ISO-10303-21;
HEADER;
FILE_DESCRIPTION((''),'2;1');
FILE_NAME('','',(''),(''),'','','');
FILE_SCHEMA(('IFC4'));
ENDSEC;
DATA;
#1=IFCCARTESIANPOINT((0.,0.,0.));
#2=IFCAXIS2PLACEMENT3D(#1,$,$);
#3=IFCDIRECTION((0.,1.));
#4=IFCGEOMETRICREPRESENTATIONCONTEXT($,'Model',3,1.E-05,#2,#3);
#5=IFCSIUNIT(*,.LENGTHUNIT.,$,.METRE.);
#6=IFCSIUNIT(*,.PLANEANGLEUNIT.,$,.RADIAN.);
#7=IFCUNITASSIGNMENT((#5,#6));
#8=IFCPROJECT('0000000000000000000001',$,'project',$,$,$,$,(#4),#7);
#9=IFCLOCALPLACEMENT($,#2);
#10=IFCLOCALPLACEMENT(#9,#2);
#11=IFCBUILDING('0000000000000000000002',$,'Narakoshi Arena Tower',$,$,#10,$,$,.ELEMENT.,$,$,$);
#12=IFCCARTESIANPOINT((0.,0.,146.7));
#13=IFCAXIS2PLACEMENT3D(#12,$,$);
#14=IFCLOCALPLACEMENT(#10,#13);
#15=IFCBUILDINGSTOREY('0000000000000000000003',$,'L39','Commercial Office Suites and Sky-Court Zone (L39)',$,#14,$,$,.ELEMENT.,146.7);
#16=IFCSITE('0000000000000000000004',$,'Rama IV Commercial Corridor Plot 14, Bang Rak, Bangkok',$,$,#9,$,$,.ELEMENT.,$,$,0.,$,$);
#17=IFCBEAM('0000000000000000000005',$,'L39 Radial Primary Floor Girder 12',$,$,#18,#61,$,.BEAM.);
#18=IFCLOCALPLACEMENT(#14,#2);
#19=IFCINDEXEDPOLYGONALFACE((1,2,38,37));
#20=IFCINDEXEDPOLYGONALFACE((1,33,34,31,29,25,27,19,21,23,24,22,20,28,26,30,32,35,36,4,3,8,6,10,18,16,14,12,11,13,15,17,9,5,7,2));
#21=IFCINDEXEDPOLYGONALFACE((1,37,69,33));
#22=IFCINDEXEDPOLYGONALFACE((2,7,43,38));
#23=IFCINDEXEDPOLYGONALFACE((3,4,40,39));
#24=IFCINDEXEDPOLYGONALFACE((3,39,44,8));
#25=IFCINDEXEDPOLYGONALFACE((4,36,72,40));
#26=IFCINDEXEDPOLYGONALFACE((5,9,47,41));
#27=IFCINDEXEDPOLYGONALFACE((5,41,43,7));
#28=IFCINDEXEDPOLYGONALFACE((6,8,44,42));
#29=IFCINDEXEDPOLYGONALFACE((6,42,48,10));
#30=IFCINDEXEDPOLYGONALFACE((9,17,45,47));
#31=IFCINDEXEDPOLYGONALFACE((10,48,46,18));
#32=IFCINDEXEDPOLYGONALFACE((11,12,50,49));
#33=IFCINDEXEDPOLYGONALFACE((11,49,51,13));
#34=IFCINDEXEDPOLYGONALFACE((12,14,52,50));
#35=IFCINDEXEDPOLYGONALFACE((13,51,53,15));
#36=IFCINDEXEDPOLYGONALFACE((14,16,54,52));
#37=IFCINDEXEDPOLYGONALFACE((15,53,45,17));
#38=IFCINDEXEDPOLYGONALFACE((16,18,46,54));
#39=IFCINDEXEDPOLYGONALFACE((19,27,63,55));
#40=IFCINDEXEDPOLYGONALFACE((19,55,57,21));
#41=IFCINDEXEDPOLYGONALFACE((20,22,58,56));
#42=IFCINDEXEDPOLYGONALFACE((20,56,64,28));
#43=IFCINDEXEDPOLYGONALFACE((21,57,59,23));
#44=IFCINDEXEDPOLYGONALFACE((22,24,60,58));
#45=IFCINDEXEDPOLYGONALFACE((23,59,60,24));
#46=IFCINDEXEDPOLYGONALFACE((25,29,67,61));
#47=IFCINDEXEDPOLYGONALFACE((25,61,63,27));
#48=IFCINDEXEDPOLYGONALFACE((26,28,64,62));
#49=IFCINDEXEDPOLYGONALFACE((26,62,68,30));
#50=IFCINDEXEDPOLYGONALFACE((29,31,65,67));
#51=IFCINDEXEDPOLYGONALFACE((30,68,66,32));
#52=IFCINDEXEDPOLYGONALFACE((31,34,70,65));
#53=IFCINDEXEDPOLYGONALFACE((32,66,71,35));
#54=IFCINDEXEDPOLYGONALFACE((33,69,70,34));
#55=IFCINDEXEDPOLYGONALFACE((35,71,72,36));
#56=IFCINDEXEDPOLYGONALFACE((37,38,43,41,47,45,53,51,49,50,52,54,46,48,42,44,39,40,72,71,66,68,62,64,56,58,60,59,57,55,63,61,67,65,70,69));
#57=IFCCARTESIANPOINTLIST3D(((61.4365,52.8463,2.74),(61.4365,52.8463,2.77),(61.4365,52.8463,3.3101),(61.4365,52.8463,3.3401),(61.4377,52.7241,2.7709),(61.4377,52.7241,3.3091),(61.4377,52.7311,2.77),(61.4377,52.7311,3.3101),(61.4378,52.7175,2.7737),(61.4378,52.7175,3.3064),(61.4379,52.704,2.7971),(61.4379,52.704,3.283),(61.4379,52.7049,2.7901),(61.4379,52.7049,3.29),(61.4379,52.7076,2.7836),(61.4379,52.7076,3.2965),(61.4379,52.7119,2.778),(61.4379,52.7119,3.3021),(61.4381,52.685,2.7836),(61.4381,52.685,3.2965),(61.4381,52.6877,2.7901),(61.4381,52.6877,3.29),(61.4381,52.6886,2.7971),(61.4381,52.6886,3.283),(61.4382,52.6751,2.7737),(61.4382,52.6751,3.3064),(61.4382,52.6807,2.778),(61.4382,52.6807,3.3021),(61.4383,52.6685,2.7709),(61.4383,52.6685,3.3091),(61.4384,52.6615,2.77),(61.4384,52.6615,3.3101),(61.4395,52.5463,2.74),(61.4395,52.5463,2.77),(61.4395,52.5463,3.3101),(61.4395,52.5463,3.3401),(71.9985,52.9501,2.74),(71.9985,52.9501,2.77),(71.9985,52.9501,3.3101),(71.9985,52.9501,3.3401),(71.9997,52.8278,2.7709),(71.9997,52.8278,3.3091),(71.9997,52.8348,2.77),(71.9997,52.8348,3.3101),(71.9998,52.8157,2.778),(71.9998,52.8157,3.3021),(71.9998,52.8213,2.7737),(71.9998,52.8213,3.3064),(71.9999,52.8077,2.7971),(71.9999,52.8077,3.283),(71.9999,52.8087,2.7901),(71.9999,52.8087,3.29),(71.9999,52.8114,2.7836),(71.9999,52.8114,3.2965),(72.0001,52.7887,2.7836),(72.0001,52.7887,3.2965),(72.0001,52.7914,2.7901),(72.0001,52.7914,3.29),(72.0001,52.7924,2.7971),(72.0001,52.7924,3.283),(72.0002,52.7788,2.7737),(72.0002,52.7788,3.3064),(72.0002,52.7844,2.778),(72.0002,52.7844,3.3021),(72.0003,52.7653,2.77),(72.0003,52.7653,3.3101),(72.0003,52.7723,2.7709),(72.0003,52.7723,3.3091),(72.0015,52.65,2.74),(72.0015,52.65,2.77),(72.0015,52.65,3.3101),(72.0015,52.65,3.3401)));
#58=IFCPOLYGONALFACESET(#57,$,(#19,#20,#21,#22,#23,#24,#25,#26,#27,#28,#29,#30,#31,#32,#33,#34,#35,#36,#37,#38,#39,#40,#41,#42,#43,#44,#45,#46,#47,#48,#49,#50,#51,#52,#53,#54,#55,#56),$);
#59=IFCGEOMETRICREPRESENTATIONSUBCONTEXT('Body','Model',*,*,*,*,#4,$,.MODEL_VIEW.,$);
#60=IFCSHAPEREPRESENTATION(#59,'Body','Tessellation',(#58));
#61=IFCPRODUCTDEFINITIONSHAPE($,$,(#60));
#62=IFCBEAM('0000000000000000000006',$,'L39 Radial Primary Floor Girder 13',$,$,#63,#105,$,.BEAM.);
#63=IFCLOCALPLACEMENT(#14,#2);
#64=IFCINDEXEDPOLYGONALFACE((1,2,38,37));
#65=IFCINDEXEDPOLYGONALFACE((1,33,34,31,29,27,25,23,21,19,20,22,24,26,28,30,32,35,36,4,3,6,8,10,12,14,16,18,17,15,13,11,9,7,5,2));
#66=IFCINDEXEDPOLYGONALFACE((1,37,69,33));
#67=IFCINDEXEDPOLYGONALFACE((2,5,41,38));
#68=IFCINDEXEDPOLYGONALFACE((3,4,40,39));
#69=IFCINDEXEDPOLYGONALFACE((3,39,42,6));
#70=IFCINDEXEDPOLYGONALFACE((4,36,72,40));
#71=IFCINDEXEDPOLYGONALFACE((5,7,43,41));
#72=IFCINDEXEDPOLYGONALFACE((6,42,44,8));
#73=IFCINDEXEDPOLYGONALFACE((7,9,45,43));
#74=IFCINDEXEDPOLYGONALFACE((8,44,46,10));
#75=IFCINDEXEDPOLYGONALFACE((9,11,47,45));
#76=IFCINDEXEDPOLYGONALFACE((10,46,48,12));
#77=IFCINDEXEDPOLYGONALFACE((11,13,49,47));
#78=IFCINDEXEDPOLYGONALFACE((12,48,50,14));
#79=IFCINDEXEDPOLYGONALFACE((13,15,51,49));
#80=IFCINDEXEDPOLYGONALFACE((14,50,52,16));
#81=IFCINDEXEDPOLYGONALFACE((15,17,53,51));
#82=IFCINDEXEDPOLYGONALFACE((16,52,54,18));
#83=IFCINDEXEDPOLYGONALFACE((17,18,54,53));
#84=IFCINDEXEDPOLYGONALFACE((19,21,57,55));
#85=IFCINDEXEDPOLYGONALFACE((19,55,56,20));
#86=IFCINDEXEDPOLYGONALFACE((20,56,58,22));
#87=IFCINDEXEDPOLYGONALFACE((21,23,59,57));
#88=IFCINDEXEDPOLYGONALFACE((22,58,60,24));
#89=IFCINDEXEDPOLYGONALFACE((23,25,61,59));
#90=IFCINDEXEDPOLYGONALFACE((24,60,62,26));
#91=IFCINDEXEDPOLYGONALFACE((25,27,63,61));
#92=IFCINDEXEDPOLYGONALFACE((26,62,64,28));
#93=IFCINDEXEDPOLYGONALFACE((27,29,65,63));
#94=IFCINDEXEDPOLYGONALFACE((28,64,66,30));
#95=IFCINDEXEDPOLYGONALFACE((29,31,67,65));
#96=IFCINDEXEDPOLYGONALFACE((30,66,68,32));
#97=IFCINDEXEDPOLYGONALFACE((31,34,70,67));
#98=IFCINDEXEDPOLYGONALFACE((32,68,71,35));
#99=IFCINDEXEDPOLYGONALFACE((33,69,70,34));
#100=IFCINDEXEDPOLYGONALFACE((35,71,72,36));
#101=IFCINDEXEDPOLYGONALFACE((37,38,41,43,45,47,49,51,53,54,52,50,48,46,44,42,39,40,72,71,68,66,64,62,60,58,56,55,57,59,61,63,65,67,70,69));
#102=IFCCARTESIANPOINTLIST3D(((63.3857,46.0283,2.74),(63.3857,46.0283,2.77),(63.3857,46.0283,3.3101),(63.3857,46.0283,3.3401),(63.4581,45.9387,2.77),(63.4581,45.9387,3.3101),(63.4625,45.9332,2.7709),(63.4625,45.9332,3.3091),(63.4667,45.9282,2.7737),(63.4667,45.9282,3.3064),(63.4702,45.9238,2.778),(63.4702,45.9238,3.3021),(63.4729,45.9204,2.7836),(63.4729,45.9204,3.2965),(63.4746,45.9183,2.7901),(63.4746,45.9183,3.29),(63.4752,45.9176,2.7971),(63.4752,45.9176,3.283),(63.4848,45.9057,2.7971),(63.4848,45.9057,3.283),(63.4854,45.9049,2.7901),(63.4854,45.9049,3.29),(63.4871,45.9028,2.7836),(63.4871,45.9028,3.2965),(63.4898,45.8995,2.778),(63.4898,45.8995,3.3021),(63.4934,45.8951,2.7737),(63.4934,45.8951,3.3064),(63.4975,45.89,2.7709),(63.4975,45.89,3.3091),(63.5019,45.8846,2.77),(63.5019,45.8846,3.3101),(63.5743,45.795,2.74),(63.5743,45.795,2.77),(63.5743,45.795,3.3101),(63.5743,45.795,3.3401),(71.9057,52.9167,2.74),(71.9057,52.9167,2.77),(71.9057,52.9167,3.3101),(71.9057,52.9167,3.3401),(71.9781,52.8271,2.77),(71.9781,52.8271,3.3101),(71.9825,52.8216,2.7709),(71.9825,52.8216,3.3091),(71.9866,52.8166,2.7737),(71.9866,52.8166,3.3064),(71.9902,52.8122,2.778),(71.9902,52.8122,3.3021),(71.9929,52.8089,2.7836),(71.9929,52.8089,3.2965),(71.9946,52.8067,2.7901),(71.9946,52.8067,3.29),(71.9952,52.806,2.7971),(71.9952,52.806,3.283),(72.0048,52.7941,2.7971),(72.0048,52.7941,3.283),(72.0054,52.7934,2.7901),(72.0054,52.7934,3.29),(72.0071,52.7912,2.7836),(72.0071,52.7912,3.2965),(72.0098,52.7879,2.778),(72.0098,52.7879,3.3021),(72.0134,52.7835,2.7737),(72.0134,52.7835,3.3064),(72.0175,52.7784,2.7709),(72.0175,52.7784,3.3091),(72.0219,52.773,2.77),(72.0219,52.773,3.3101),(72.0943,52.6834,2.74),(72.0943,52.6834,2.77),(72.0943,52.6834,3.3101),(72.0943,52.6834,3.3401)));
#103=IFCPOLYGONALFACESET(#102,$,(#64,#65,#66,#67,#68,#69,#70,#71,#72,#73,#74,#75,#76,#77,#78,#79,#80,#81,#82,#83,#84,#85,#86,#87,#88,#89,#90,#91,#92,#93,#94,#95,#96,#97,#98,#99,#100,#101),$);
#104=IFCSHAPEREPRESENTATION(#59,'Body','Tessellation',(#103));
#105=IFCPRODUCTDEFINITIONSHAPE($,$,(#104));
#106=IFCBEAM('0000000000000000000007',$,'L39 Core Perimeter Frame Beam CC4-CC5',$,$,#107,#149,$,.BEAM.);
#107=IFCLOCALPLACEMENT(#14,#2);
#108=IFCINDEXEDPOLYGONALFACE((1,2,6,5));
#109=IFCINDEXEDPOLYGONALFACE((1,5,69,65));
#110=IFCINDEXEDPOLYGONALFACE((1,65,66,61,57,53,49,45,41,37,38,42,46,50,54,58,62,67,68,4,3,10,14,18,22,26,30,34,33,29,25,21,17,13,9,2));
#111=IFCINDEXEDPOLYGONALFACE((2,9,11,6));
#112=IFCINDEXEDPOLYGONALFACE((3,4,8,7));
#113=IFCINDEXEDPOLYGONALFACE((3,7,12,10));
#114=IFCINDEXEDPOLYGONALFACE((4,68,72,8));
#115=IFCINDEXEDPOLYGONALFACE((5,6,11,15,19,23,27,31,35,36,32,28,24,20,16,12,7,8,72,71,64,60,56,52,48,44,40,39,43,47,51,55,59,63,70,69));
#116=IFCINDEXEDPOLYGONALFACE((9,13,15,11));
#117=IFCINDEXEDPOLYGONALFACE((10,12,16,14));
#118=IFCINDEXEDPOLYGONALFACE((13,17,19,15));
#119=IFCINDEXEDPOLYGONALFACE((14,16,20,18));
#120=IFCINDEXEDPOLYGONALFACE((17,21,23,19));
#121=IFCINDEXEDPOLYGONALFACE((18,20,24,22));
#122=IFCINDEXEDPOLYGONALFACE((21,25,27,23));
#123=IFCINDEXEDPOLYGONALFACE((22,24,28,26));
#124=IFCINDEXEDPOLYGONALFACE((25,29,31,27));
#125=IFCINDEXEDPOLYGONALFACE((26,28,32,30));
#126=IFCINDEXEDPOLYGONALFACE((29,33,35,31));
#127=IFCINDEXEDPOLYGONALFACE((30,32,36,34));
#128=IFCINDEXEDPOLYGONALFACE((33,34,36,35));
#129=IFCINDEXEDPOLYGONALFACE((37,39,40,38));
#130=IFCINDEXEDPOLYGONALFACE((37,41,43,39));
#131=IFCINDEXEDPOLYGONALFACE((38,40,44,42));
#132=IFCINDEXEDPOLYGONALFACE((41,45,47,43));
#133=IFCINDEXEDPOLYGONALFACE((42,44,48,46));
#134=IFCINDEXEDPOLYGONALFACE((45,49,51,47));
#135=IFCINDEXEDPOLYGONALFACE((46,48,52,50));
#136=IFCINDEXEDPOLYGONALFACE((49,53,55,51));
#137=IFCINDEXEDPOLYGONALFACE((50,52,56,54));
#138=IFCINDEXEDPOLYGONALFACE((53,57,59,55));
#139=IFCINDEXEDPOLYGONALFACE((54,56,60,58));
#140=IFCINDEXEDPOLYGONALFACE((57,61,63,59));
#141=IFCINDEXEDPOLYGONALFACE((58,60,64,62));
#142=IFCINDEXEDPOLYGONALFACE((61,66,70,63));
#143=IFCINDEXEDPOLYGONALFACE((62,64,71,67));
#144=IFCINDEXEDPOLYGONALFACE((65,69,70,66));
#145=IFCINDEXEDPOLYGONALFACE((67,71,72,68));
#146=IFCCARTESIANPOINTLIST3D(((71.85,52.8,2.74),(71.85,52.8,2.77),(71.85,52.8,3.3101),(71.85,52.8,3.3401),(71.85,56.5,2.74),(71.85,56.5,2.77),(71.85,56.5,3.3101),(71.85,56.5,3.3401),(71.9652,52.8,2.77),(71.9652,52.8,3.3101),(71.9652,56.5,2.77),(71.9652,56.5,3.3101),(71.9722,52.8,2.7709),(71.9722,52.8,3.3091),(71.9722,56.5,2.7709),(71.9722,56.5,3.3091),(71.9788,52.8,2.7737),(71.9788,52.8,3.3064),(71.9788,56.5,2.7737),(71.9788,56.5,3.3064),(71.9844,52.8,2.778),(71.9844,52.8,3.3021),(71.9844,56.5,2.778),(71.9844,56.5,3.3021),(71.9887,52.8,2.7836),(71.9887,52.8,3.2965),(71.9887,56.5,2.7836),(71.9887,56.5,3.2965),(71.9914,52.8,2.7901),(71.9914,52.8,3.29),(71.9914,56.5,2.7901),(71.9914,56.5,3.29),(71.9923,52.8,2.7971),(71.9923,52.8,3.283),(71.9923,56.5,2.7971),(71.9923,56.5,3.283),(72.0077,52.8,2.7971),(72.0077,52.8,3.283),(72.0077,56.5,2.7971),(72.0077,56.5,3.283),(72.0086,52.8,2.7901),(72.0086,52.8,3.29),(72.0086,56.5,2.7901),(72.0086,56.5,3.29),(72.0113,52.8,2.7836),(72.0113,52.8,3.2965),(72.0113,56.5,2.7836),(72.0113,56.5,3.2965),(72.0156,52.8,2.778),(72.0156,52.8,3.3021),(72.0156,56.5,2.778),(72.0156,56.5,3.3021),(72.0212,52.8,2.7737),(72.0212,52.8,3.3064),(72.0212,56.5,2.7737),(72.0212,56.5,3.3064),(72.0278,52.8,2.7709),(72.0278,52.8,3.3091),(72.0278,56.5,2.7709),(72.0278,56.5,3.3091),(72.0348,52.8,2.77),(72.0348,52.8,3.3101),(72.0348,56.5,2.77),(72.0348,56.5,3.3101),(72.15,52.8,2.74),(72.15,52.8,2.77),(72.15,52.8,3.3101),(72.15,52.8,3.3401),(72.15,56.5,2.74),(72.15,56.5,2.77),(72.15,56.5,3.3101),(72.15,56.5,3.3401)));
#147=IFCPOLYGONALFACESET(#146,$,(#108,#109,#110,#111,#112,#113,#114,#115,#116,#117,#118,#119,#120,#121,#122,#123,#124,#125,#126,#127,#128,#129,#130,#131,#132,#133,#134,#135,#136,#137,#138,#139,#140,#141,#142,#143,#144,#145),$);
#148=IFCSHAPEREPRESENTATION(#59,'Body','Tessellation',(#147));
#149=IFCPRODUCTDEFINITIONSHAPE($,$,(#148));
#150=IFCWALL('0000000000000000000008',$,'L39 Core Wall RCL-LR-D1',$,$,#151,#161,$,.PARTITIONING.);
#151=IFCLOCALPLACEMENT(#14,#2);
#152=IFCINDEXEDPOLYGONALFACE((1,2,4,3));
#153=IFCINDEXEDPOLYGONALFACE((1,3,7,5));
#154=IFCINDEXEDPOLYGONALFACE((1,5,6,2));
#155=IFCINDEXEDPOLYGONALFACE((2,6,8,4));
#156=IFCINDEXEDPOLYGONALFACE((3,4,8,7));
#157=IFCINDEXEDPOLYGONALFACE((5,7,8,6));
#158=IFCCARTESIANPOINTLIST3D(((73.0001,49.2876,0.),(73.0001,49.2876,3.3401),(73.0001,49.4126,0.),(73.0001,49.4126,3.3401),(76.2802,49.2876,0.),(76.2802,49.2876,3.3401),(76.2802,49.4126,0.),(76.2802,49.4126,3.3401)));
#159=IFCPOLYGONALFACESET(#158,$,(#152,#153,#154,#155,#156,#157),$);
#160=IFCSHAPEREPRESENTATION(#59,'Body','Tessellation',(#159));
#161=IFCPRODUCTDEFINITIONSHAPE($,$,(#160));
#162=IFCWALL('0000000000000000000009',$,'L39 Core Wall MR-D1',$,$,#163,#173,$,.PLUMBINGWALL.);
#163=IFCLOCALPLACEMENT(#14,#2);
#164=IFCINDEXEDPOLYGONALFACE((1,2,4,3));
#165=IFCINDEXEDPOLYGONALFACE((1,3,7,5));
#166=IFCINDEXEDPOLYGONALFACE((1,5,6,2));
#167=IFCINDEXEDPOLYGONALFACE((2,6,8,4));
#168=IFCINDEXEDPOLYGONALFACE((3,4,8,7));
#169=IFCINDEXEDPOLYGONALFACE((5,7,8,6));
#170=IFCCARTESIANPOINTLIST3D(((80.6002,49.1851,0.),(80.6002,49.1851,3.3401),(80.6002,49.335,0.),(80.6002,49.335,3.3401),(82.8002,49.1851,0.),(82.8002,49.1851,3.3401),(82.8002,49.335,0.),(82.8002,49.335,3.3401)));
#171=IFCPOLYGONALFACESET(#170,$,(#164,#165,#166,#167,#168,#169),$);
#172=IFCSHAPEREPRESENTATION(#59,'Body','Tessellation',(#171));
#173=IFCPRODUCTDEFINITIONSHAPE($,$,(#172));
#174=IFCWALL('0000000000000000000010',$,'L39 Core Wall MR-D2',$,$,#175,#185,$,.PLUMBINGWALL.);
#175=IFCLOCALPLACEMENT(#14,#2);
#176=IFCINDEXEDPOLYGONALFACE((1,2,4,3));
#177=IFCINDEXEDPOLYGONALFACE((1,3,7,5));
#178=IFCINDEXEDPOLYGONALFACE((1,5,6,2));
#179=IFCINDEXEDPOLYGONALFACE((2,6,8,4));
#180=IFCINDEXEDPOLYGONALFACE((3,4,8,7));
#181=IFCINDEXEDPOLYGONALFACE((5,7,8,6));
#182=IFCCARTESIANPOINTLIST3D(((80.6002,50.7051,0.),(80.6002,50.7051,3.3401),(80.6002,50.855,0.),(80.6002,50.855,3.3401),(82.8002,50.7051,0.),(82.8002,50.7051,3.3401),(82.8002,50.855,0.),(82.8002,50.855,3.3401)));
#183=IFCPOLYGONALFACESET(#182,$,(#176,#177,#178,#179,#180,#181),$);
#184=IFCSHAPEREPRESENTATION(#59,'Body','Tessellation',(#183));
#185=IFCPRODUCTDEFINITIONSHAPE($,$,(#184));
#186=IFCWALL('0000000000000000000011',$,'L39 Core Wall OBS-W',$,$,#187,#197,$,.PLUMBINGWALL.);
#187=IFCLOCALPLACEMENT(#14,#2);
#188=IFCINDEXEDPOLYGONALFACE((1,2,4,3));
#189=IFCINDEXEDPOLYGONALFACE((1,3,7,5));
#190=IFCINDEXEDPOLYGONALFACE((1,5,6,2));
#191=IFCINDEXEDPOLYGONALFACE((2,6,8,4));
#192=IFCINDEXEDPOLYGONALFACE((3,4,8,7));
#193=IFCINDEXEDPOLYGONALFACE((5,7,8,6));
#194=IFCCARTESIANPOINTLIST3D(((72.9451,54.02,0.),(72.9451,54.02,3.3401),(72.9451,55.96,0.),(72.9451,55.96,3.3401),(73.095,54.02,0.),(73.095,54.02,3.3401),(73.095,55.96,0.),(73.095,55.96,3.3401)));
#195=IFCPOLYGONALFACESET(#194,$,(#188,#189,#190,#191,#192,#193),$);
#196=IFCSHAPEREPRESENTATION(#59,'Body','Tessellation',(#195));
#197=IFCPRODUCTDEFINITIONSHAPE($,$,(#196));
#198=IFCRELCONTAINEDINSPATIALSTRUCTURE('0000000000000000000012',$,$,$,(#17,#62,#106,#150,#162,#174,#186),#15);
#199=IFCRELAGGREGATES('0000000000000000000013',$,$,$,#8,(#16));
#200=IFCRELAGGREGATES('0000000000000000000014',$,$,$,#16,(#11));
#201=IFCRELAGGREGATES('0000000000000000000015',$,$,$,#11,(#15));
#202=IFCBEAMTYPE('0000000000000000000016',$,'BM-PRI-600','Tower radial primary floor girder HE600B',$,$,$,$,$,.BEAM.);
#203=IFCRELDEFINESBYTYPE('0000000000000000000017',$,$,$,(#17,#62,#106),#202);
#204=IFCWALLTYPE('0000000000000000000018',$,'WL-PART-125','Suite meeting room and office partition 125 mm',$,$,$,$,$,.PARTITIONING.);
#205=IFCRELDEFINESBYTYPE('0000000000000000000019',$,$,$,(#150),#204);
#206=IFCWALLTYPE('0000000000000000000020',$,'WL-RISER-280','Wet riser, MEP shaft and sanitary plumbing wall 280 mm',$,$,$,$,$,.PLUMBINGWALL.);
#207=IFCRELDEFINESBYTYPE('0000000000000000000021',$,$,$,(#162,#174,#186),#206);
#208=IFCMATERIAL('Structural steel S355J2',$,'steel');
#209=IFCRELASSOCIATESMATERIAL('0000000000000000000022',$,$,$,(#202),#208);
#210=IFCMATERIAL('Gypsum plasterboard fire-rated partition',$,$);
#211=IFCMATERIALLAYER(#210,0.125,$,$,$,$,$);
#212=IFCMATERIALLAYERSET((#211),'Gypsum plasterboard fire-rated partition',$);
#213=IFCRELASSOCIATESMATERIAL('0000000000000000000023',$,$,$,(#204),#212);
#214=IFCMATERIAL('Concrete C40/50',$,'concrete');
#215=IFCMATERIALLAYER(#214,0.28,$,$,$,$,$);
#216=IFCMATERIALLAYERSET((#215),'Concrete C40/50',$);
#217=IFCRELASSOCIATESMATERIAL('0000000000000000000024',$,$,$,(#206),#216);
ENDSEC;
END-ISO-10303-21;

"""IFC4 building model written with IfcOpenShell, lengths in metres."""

from ifc_helpers import new_model, si_unit, direction, frame, frame_2d, origin, origin_2d, place, context, subcontext, project, spatial, rectangle, i_section, extrude, material, layer, layer_set, material_profile, profile_set, type_object, element, save


model = new_model("IFC4")

# Units and contexts
model_context = context("Model", 3, precision=1e-05, world=origin(), true_north=direction((0.0, 1.0)))
body_context = subcontext(model_context, "Body", "Model", "MODEL_VIEW")
ifc_project = project(units=[si_unit("LENGTHUNIT", "METRE"), si_unit("PLANEANGLEUNIT", "RADIAN")], contexts=[model_context])

# Site, building, storey
site_placement = place(None, origin())
site = spatial("IfcSite", under=ifc_project, at=site_placement, Name="Rama IV Commercial Corridor Plot 14, Bang Rak, Bangkok", CompositionType="ELEMENT", RefElevation=0.0)
building_placement = place(site_placement, origin())
building = spatial("IfcBuilding", under=site, at=building_placement, Name="Narakoshi Arena Tower", CompositionType="ELEMENT")
storey_placement = place(building_placement, frame((0.0, 0.0, 146.7)))
storey = spatial("IfcBuildingStorey", under=building, at=storey_placement, Name="L39", Description="Commercial Office Suites and Sky-Court Zone (L39)", CompositionType="ELEMENT", Elevation=146.7)

# Beams
ifc_material_1 = material(Name="Structural steel S355J2", Category="steel")
ifc_material_profile = material_profile(ifc_material_1, i_section(OverallWidth=0.3, OverallDepth=0.6001, WebThickness=0.0154, FlangeThickness=0.03, FilletRadius=0.0271, at=origin_2d()), Name="HE600B")
ifc_profile_set = profile_set([ifc_material_profile], Name="Structural steel S355J2")
beam_type = type_object("IfcBeamType", Name="BM-PRI-600", Description="Tower radial primary floor girder HE600B", PredefinedType="BEAM", material=ifc_profile_set)
beam_1_placement = place(storey_placement, frame((72.0, 52.8, 3.04), z_axis=(-0.999952, -0.009823, 0.0), x_axis=(0.009823, -0.999952, 0.0)))
element("IfcBeam", 1, at=beam_1_placement, inside=storey, type_object=beam_type, Name="L39 Radial Primary Floor Girder 12", PredefinedType="BEAM", context=body_context, shape_type="SweptSolid", body=[
    extrude(i_section(OverallWidth=0.3, OverallDepth=0.6001, WebThickness=0.0154, FlangeThickness=0.03, FilletRadius=0.0271, at=origin_2d()), origin(), (0.0, 0.0, 1.0), 10.5625),
])
beam_2_placement = place(storey_placement, frame((72.0, 52.8, 3.04), z_axis=(-0.777634, -0.628717, 0.0), x_axis=(0.628717, -0.777634, 0.0)))
element("IfcBeam", 2, at=beam_2_placement, inside=storey, type_object=beam_type, Name="L39 Radial Primary Floor Girder 13", PredefinedType="BEAM", context=body_context, shape_type="SweptSolid", body=[
    extrude(i_section(OverallWidth=0.3, OverallDepth=0.6001, WebThickness=0.0154, FlangeThickness=0.03, FilletRadius=0.0271, at=origin_2d()), origin(), (0.0, 0.0, 1.0), 10.9563),
])
beam_3_placement = place(storey_placement, frame((72.0, 52.8, 3.04), z_axis=(0.0, 1.0, 0.0), x_axis=(-1.0, 0.0, 0.0)))
element("IfcBeam", 3, at=beam_3_placement, inside=storey, type_object=beam_type, Name="L39 Core Perimeter Frame Beam CC4-CC5", PredefinedType="BEAM", context=body_context, shape_type="SweptSolid", body=[
    extrude(i_section(OverallWidth=0.3, OverallDepth=0.6001, WebThickness=0.0154, FlangeThickness=0.03, FilletRadius=0.0271, at=origin_2d()), origin(), (0.0, 0.0, 1.0), 3.7),
])

# Walls
ifc_material_2 = material(Name="Gypsum plasterboard fire-rated partition")
ifc_layer_1 = layer(ifc_material_2, 0.125)
ifc_layer_set_1 = layer_set([ifc_layer_1], Name="Gypsum plasterboard fire-rated partition")
wall_type_1 = type_object("IfcWallType", Name="WL-PART-125", Description="Suite meeting room and office partition 125 mm", PredefinedType="PARTITIONING", material=ifc_layer_set_1)
wall_1_placement = place(storey_placement, frame((73.0, 49.3501, 0.0), z_axis=(0.0, 0.0, 1.0), x_axis=(1.0, 0.0, 0.0)))
element("IfcWall", 4, at=wall_1_placement, inside=storey, type_object=wall_type_1, Name="L39 Core Wall RCL-LR-D1", PredefinedType="PARTITIONING", context=body_context, shape_type="SweptSolid", body=[
    extrude(rectangle(XDim=3.28, YDim=0.125, at=frame_2d((1.6401, 0.0))), origin(), (0.0, 0.0, 1.0), 3.3401),
])
ifc_material_3 = material(Name="Concrete C40/50", Category="concrete")
ifc_layer_2 = layer(ifc_material_3, 0.28)
ifc_layer_set_2 = layer_set([ifc_layer_2], Name="Concrete C40/50")
wall_type_2 = type_object("IfcWallType", Name="WL-RISER-280", Description="Wet riser, MEP shaft and sanitary plumbing wall 280 mm", PredefinedType="PLUMBINGWALL", material=ifc_layer_set_2)
for number, where, z_axis, x_axis, name in (
    (5, (80.6001, 49.26, 0.0), (0.0, 0.0, 1.0), (1.0, 0.0, 0.0), "L39 Core Wall MR-D1"),
    (6, (80.6001, 50.78, 0.0), (0.0, 0.0, 1.0), (1.0, 0.0, 0.0), "L39 Core Wall MR-D2"),
):
    element("IfcWall", number, at=place(storey_placement, frame(where, z_axis=z_axis, x_axis=x_axis)), inside=storey, type_object=wall_type_2, Name=name, PredefinedType="PLUMBINGWALL", context=body_context, shape_type="SweptSolid", body=[
        extrude(rectangle(XDim=2.2, YDim=0.1499, at=frame_2d((1.1001, 0.0))), origin(), (0.0, 0.0, 1.0), 3.3401),
    ])
for number, where, z_axis, x_axis, name in (
    (7, (73.02, 54.02, 0.0), (0.0, 0.0, 1.0), (0.0, 1.0, 0.0), "L39 Core Wall OBS-W"),
):
    element("IfcWall", number, at=place(storey_placement, frame(where, z_axis=z_axis, x_axis=x_axis)), inside=storey, type_object=wall_type_2, Name=name, PredefinedType="PLUMBINGWALL", context=body_context, shape_type="SweptSolid", body=[
        extrude(rectangle(XDim=1.9399, YDim=0.1499, at=frame_2d((0.97, 0.0))), origin(), (0.0, 0.0, 1.0), 3.3401),
    ])

save(model, "model.ifc")
